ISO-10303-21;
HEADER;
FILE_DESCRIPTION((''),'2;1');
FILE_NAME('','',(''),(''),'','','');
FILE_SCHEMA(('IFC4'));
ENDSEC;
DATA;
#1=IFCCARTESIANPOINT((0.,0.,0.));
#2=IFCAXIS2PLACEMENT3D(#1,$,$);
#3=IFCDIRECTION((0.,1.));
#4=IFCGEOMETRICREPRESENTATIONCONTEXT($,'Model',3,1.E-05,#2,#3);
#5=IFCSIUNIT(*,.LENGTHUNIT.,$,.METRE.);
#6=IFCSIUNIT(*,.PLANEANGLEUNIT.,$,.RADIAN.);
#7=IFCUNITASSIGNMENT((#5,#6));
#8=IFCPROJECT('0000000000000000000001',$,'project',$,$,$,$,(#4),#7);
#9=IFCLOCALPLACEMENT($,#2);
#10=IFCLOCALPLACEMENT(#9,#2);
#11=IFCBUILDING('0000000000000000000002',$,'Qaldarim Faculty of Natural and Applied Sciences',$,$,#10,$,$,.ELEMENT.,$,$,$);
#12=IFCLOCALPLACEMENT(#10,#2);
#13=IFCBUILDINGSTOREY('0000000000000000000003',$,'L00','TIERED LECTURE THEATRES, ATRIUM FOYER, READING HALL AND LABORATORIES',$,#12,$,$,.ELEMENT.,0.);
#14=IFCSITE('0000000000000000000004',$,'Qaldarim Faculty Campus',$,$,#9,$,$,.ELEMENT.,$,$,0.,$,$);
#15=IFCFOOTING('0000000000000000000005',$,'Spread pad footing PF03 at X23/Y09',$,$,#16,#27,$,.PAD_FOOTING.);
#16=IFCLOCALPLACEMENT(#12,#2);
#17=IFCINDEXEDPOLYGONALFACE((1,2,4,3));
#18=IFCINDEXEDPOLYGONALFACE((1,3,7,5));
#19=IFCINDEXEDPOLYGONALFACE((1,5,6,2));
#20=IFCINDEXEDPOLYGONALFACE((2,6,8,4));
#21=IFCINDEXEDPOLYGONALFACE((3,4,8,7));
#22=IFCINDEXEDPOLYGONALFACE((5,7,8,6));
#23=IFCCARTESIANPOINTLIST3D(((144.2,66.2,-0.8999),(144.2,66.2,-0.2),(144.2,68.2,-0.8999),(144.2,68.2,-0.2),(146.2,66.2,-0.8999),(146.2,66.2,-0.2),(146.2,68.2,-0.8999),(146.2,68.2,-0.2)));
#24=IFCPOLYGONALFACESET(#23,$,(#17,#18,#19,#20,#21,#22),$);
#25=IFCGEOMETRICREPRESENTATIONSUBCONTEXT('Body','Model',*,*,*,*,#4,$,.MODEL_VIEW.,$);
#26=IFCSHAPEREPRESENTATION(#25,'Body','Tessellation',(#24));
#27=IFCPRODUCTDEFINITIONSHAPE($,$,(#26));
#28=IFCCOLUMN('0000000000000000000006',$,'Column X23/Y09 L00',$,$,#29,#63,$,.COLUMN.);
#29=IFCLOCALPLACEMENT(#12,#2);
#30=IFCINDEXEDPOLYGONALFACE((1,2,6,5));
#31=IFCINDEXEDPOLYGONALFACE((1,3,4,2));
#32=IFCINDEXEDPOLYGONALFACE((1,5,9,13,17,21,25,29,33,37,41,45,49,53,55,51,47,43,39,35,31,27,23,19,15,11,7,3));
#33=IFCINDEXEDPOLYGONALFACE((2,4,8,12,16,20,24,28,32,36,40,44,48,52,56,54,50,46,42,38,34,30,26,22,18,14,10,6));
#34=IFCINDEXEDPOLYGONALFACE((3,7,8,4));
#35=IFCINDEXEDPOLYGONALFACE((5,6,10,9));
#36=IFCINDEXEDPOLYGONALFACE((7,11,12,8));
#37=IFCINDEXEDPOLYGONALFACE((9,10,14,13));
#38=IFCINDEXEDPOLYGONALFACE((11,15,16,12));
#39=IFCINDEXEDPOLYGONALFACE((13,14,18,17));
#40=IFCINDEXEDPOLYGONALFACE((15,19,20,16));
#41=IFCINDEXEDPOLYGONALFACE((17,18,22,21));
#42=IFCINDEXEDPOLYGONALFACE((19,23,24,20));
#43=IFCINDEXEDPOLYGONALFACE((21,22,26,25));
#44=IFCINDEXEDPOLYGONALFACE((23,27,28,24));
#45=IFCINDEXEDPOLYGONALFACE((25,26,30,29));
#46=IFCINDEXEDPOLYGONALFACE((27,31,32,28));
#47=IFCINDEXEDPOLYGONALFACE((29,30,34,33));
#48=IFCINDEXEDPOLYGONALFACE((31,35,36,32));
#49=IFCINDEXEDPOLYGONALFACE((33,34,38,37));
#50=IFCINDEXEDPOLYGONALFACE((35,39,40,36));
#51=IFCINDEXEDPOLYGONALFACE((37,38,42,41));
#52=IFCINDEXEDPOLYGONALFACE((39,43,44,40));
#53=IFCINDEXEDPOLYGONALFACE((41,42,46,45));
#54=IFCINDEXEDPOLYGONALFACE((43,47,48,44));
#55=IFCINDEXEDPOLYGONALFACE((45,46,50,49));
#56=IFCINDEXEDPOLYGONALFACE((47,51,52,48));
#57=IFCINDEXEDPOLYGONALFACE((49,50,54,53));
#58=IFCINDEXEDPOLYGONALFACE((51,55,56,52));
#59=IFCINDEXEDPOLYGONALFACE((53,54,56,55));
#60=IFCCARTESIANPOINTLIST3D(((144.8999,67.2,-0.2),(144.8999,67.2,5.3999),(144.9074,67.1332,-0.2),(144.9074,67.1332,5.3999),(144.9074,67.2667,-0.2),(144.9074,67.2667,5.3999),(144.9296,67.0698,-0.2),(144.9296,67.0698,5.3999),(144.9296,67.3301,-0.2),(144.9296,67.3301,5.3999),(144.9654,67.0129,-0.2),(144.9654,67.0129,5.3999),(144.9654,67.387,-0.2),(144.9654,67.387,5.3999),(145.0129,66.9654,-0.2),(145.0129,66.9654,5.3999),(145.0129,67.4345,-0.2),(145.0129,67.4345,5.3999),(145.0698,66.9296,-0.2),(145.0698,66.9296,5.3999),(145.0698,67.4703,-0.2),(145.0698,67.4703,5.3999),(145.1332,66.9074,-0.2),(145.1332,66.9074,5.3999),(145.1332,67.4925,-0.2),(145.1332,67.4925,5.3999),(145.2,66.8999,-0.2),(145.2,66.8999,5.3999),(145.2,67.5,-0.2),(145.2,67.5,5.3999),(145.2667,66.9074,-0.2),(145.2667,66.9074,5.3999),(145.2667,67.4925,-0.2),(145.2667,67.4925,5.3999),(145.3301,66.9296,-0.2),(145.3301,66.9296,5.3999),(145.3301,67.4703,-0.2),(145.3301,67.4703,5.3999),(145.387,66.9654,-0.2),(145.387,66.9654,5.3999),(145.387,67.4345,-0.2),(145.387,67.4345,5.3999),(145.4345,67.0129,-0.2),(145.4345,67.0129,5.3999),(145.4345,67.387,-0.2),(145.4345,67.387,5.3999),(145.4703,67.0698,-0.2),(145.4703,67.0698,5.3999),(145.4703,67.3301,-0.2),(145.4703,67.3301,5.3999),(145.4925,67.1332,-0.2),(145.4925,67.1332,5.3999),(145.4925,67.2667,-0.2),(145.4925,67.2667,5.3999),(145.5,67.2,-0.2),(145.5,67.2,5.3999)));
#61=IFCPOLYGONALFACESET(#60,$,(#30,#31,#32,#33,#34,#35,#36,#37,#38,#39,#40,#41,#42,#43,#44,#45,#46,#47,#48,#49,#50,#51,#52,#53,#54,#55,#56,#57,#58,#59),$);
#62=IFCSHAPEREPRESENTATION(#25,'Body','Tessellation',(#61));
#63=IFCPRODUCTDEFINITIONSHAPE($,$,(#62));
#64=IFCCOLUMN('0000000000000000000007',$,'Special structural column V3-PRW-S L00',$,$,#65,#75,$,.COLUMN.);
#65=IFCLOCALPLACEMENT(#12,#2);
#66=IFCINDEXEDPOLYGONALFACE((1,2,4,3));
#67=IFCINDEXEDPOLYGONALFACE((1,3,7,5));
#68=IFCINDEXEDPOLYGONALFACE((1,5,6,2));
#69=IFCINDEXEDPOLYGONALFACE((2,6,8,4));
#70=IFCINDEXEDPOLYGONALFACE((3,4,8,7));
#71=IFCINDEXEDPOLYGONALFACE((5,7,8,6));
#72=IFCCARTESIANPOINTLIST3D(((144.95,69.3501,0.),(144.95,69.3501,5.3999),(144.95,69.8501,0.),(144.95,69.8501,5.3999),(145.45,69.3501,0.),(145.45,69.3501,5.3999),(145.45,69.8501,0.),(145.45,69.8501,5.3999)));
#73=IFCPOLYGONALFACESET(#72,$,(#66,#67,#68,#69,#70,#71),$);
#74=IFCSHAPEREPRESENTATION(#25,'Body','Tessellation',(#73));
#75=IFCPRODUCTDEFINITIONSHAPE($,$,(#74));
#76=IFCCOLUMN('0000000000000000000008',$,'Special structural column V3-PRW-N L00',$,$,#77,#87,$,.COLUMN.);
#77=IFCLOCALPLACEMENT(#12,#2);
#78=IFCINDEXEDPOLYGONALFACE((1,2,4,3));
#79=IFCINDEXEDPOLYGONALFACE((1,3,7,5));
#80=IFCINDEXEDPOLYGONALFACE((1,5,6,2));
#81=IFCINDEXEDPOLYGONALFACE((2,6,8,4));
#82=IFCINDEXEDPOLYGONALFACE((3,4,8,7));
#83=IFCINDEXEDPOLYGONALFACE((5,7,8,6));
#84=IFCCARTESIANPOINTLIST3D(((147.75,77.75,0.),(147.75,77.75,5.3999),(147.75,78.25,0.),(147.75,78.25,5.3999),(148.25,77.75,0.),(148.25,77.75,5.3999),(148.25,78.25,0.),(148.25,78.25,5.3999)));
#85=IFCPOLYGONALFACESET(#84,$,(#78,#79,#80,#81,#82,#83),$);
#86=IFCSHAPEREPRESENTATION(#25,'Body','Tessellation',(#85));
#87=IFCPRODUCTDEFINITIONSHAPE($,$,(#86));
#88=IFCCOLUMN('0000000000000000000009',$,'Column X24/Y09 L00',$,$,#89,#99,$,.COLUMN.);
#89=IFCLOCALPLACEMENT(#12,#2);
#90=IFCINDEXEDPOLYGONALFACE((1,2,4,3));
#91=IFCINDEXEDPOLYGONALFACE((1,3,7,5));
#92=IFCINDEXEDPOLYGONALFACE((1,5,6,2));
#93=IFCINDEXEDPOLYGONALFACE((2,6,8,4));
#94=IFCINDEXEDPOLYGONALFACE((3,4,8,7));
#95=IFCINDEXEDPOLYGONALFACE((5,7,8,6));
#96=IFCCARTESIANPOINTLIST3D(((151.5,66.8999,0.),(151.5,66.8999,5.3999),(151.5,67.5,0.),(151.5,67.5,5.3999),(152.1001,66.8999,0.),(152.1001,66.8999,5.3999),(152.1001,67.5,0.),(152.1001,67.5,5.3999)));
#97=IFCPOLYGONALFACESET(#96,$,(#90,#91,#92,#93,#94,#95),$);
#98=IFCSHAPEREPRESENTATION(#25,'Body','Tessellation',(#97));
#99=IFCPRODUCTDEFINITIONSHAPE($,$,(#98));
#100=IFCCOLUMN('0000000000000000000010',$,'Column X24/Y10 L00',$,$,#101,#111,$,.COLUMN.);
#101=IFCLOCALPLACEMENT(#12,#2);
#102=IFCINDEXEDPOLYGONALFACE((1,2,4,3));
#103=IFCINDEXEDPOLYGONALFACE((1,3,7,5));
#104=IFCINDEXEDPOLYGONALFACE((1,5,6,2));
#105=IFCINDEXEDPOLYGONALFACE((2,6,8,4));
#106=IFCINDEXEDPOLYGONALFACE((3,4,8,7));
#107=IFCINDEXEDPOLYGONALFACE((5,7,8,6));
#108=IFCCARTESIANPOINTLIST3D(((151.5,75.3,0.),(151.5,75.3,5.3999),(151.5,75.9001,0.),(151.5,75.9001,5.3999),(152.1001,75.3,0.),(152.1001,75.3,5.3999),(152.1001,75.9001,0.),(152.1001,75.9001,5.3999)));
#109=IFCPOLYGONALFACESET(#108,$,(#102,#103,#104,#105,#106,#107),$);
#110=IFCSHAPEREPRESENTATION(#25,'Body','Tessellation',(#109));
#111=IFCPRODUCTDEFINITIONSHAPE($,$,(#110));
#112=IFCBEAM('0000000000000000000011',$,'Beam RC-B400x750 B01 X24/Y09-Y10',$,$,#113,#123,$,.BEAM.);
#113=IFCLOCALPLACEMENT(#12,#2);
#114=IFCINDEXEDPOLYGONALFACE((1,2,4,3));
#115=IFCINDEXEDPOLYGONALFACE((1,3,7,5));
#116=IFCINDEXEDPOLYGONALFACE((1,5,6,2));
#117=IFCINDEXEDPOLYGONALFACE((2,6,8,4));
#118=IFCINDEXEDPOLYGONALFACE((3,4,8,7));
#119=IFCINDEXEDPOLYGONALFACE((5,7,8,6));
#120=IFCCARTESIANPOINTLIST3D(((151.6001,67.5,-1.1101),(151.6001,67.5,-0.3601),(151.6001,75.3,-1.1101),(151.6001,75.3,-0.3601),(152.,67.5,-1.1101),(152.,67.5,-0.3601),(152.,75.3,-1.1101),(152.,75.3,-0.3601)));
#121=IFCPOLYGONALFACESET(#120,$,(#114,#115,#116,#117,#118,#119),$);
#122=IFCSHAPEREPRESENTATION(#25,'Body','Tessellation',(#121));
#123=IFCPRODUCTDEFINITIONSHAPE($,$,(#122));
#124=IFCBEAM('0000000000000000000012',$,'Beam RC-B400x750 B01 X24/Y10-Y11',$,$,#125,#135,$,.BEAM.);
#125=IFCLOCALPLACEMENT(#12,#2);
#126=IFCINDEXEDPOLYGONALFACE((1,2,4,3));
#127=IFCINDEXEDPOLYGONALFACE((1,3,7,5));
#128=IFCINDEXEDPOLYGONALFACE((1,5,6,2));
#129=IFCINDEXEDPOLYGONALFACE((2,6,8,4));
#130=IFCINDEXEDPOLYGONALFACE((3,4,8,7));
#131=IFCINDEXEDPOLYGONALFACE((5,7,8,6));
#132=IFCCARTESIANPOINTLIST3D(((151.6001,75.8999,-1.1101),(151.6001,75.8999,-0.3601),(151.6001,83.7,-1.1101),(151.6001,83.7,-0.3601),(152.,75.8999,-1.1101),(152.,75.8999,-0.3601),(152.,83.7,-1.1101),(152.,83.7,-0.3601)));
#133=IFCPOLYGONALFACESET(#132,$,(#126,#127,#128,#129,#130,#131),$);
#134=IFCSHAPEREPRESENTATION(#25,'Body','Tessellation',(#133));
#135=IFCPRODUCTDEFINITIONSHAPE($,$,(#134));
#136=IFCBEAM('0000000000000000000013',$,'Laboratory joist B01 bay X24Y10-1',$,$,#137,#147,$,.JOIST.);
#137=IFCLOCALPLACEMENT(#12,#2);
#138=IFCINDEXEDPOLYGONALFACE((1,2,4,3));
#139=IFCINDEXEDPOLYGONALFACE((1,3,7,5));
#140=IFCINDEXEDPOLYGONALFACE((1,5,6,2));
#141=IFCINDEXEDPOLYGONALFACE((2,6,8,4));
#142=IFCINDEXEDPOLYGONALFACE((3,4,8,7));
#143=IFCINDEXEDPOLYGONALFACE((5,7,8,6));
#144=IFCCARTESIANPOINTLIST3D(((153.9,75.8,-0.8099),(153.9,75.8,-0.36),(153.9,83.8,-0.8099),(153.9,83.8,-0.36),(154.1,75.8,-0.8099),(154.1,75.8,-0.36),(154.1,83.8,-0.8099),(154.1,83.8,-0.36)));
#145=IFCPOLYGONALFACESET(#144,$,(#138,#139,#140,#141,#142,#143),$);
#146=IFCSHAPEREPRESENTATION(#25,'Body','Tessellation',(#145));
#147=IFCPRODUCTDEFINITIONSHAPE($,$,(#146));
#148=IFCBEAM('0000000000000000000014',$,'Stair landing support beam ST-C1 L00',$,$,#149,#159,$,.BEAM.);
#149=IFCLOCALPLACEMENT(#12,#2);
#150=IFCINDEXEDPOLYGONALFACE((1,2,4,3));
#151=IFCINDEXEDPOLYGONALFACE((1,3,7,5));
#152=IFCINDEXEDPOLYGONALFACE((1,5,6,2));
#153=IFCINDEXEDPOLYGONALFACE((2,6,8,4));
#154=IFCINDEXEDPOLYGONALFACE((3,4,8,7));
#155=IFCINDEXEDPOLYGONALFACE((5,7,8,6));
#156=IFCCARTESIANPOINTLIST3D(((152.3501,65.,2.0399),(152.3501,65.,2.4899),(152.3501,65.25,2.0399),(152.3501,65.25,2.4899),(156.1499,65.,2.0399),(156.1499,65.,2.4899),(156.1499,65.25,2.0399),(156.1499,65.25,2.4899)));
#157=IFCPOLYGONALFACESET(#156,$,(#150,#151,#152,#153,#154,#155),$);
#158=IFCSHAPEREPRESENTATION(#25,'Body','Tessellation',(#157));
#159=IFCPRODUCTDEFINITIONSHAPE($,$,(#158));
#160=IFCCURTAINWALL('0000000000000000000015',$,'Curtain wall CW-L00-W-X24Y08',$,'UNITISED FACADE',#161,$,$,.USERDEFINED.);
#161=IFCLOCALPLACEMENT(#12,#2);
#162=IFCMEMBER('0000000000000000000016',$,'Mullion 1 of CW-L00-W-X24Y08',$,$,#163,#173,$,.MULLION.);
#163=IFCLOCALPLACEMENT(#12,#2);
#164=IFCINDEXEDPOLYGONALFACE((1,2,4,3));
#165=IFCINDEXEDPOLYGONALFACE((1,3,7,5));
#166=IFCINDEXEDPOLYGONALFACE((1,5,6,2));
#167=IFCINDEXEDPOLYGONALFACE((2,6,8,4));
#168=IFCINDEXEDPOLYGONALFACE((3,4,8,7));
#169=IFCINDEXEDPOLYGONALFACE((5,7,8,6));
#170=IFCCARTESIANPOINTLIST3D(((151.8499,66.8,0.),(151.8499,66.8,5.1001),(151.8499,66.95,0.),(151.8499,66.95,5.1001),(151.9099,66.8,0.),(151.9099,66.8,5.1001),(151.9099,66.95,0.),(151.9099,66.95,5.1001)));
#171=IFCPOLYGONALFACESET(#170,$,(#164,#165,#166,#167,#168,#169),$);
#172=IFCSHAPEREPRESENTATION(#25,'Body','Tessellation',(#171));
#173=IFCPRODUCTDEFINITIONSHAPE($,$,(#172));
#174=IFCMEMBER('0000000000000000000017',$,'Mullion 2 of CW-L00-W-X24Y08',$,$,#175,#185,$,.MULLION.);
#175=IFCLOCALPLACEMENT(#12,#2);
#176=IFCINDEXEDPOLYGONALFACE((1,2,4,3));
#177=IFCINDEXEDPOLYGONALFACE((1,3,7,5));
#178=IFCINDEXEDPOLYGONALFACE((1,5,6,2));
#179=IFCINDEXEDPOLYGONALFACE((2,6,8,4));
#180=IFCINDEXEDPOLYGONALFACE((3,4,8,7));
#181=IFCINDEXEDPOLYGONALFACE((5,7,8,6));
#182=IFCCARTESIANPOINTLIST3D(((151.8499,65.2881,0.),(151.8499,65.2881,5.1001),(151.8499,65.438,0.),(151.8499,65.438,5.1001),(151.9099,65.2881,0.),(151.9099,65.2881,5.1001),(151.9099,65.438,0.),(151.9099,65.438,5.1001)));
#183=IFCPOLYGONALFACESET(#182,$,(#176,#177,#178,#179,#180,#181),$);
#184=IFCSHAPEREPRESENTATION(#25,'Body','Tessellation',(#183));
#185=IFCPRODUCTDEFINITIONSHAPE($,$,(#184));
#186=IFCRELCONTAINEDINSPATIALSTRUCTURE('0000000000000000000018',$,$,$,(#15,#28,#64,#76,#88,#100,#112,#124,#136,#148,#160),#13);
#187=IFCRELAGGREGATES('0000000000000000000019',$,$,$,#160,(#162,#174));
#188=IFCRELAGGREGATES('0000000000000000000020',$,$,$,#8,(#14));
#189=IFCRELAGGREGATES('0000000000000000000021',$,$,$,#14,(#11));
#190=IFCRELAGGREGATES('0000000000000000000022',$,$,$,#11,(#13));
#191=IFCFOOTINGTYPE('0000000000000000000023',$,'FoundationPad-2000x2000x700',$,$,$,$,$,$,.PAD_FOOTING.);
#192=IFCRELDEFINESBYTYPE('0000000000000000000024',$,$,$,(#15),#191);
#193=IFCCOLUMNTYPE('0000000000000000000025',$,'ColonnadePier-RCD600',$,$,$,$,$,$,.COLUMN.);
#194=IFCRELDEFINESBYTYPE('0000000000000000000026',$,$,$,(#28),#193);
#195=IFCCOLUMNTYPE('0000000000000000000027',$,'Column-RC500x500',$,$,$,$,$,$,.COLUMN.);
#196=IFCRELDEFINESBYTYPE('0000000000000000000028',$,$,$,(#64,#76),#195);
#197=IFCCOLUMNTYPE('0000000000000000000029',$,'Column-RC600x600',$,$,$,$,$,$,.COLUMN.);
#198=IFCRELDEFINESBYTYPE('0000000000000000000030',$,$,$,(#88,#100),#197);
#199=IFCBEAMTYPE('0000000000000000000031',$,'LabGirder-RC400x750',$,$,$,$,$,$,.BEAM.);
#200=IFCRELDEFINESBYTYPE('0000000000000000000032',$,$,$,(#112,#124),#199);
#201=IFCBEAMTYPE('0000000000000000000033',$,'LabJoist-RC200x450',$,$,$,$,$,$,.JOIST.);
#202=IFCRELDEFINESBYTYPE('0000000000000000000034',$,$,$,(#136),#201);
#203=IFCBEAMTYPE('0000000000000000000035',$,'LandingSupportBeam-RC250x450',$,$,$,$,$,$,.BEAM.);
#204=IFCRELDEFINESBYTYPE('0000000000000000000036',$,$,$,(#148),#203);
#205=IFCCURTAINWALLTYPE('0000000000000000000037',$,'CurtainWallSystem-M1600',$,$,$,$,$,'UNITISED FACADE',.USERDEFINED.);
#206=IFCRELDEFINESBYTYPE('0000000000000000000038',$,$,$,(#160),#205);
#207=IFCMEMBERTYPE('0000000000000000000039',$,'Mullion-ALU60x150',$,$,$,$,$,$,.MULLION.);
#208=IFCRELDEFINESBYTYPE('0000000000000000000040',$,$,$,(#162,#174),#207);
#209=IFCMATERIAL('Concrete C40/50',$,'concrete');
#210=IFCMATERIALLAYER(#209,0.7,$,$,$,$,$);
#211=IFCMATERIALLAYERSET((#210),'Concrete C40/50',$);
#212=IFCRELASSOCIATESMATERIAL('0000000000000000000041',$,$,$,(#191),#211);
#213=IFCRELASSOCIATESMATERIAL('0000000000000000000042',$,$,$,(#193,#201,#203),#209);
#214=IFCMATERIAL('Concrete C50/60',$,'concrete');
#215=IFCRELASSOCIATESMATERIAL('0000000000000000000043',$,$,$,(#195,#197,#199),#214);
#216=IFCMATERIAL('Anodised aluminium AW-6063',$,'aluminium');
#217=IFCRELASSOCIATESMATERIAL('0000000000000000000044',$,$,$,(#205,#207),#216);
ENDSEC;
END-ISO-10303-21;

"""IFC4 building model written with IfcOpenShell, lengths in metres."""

from ifc_helpers import new_model, si_unit, direction, frame, origin, origin_2d, place, context, subcontext, project, spatial, rectangle, circle, extrude, material, layer, layer_set, material_profile, profile_set, type_object, element, aggregate, save


model = new_model("IFC4")

# Units and contexts
model_context = context("Model", 3, precision=1e-05, world=origin(), true_north=direction((0.0, 1.0)))
body_context = subcontext(model_context, "Body", "Model", "MODEL_VIEW")
ifc_project = project(units=[si_unit("LENGTHUNIT", "METRE"), si_unit("PLANEANGLEUNIT", "RADIAN")], contexts=[model_context])

# Site, building, storey
site_placement = place(None, origin())
site = spatial("IfcSite", under=ifc_project, at=site_placement, Name="Qaldarim Faculty Campus", CompositionType="ELEMENT", RefElevation=0.0)
building_placement = place(site_placement, origin())
building = spatial("IfcBuilding", under=site, at=building_placement, Name="Qaldarim Faculty of Natural and Applied Sciences", CompositionType="ELEMENT")
storey_placement = place(building_placement, origin())
storey = spatial("IfcBuildingStorey", under=building, at=storey_placement, Name="L00", Description="TIERED LECTURE THEATRES, ATRIUM FOYER, READING HALL AND LABORATORIES", CompositionType="ELEMENT", Elevation=0.0)

# Footing
ifc_material_1 = material(Name="Concrete C40/50", Category="concrete")
ifc_layer_1 = layer(ifc_material_1, 0.7)
ifc_layer_set_1 = layer_set([ifc_layer_1], Name="Concrete C40/50")
footing_type = type_object("IfcFootingType", Name="FoundationPad-2000x2000x700", PredefinedType="PAD_FOOTING", material=ifc_layer_set_1)
footing_placement = place(storey_placement, frame((145.2, 67.2, -0.8999), z_axis=(0.0, 0.0, 1.0), x_axis=(1.0, 0.0, 0.0)))
element("IfcFooting", 1, at=footing_placement, inside=storey, type_object=footing_type, Name="Spread pad footing PF03 at X23/Y09", PredefinedType="PAD_FOOTING", context=body_context, shape_type="SweptSolid", body=[
    extrude(rectangle(XDim=2.0, YDim=2.0, at=origin_2d()), origin(), (0.0, 0.0, 1.0), 0.7),
])

# Columns
ifc_material_profile_1 = material_profile(ifc_material_1, circle(Radius=0.3, at=origin_2d()), Name="RC-D600")
ifc_profile_set_1 = profile_set([ifc_material_profile_1], Name="Concrete C40/50")
column_type_1 = type_object("IfcColumnType", Name="ColonnadePier-RCD600", PredefinedType="COLUMN", material=ifc_profile_set_1)
column_placement = place(storey_placement, frame((145.2, 67.2, -0.2), z_axis=(0.0, 0.0, 1.0), x_axis=(1.0, 0.0, 0.0)))
element("IfcColumn", 2, at=column_placement, inside=storey, type_object=column_type_1, Name="Column X23/Y09 L00", PredefinedType="COLUMN", context=body_context, shape_type="SweptSolid", body=[
    extrude(circle(Radius=0.3, at=origin_2d()), origin(), (0.0, 0.0, 1.0), 5.5999),
])
ifc_material_2 = material(Name="Concrete C50/60", Category="concrete")
ifc_material_profile_2 = material_profile(ifc_material_2, rectangle(XDim=0.5, YDim=0.5, at=origin_2d()), Name="RC-C500x500")
ifc_profile_set_2 = profile_set([ifc_material_profile_2], Name="Concrete C50/60")
column_type_2 = type_object("IfcColumnType", Name="Column-RC500x500", PredefinedType="COLUMN", material=ifc_profile_set_2)
for number, where, z_axis, x_axis, name in (
    (3, (145.2, 69.6001, 0.0), (0.0, 0.0, 1.0), (1.0, 0.0, 0.0), "Special structural column V3-PRW-S L00"),
    (4, (148.0, 78.0, 0.0), (0.0, 0.0, 1.0), (1.0, 0.0, 0.0), "Special structural column V3-PRW-N L00"),
):
    element("IfcColumn", number, at=place(storey_placement, frame(where, z_axis=z_axis, x_axis=x_axis)), inside=storey, type_object=column_type_2, Name=name, PredefinedType="COLUMN", context=body_context, shape_type="SweptSolid", body=[
        extrude(rectangle(XDim=0.5, YDim=0.5, at=origin_2d()), origin(), (0.0, 0.0, 1.0), 5.3999),
    ])
ifc_material_profile_3 = material_profile(ifc_material_2, rectangle(XDim=0.6001, YDim=0.6001, at=origin_2d()), Name="RC-C600x600")
ifc_profile_set_3 = profile_set([ifc_material_profile_3], Name="Concrete C50/60")
column_type_3 = type_object("IfcColumnType", Name="Column-RC600x600", PredefinedType="COLUMN", material=ifc_profile_set_3)
for number, where, z_axis, x_axis, name in (
    (5, (151.8, 67.2, 0.0), (0.0, 0.0, 1.0), (1.0, 0.0, 0.0), "Column X24/Y09 L00"),
    (6, (151.8, 75.6001, 0.0), (0.0, 0.0, 1.0), (1.0, 0.0, 0.0), "Column X24/Y10 L00"),
):
    element("IfcColumn", number, at=place(storey_placement, frame(where, z_axis=z_axis, x_axis=x_axis)), inside=storey, type_object=column_type_3, Name=name, PredefinedType="COLUMN", context=body_context, shape_type="SweptSolid", body=[
        extrude(rectangle(XDim=0.6001, YDim=0.6001, at=origin_2d()), origin(), (0.0, 0.0, 1.0), 5.3999),
    ])

# Beams
ifc_material_profile_4 = material_profile(ifc_material_2, rectangle(XDim=0.3999, YDim=0.75, at=origin_2d()), Name="RC-B400x750")
ifc_profile_set_4 = profile_set([ifc_material_profile_4], Name="Concrete C50/60")
beam_type_1 = type_object("IfcBeamType", Name="LabGirder-RC400x750", PredefinedType="BEAM", material=ifc_profile_set_4)
for number, where, z_axis, x_axis, name in (
    (7, (151.8, 67.5, -0.7351), (0.0, 1.0, 0.0), (-1.0, 0.0, 0.0), "Beam RC-B400x750 B01 X24/Y09-Y10"),
    (8, (151.8, 75.8999, -0.7351), (0.0, 1.0, 0.0), (-1.0, 0.0, 0.0), "Beam RC-B400x750 B01 X24/Y10-Y11"),
):
    element("IfcBeam", number, at=place(storey_placement, frame(where, z_axis=z_axis, x_axis=x_axis)), inside=storey, type_object=beam_type_1, Name=name, PredefinedType="BEAM", context=body_context, shape_type="SweptSolid", body=[
        extrude(rectangle(XDim=0.3999, YDim=0.75, at=origin_2d()), origin(), (0.0, 0.0, 1.0), 7.8),
    ])
ifc_material_profile_5 = material_profile(ifc_material_1, rectangle(XDim=0.2, YDim=0.45, at=origin_2d()), Name="RC-J200x450")
ifc_profile_set_5 = profile_set([ifc_material_profile_5], Name="Concrete C40/50")
beam_type_2 = type_object("IfcBeamType", Name="LabJoist-RC200x450", PredefinedType="JOIST", material=ifc_profile_set_5)
beam_1_placement = place(storey_placement, frame((154.0, 75.8, -0.585), z_axis=(0.0, 1.0, 0.0), x_axis=(-1.0, 0.0, 0.0)))
element("IfcBeam", 9, at=beam_1_placement, inside=storey, type_object=beam_type_2, Name="Laboratory joist B01 bay X24Y10-1", PredefinedType="JOIST", context=body_context, shape_type="SweptSolid", body=[
    extrude(rectangle(XDim=0.2, YDim=0.45, at=origin_2d()), origin(), (0.0, 0.0, 1.0), 8.0),
])
ifc_material_profile_6 = material_profile(ifc_material_1, rectangle(XDim=0.25, YDim=0.45, at=origin_2d()), Name="RC-LN250x450")
ifc_profile_set_6 = profile_set([ifc_material_profile_6], Name="Concrete C40/50")
beam_type_3 = type_object("IfcBeamType", Name="LandingSupportBeam-RC250x450", PredefinedType="BEAM", material=ifc_profile_set_6)
beam_2_placement = place(storey_placement, frame((152.3501, 65.125, 2.2649), z_axis=(1.0, 0.0, 0.0), x_axis=(0.0, 1.0, 0.0)))
element("IfcBeam", 10, at=beam_2_placement, inside=storey, type_object=beam_type_3, Name="Stair landing support beam ST-C1 L00", PredefinedType="BEAM", context=body_context, shape_type="SweptSolid", body=[
    extrude(rectangle(XDim=0.25, YDim=0.45, at=origin_2d()), origin(), (0.0, 0.0, 1.0), 3.7998),
])

# Curtain wall, members
ifc_material_3 = material(Name="Anodised aluminium AW-6063", Category="aluminium")
curtain_wall_type = type_object("IfcCurtainWallType", Name="CurtainWallSystem-M1600", ElementType="UNITISED FACADE", PredefinedType="USERDEFINED", material=ifc_material_3)
curtain_wall_placement = place(storey_placement, origin())
curtain_wall = element("IfcCurtainWall", 11, at=curtain_wall_placement, inside=storey, type_object=curtain_wall_type, Name="Curtain wall CW-L00-W-X24Y08", ObjectType="UNITISED FACADE", PredefinedType="USERDEFINED")
ifc_material_profile_7 = material_profile(ifc_material_3, rectangle(XDim=0.0601, YDim=0.1499, at=origin_2d()), Name="ALU-M60x150")
ifc_profile_set_7 = profile_set([ifc_material_profile_7], Name="Anodised aluminium AW-6063")
member_type_1 = type_object("IfcMemberType", Name="Mullion-ALU60x150", PredefinedType="MULLION", material=ifc_profile_set_7)
member_1_placement = place(storey_placement, frame((151.8799, 66.875, 0.0), z_axis=(0.0, 0.0, 1.0), x_axis=(1.0, 0.0, 0.0)))
member_1 = element("IfcMember", 12, at=member_1_placement, type_object=member_type_1, Name="Mullion 1 of CW-L00-W-X24Y08", PredefinedType="MULLION", context=body_context, shape_type="SweptSolid", body=[
    extrude(rectangle(XDim=0.0601, YDim=0.1499, at=origin_2d()), origin(), (0.0, 0.0, 1.0), 5.1001),
])
member_2_placement = place(storey_placement, frame((151.8799, 65.363, 0.0), z_axis=(0.0, 0.0, 1.0), x_axis=(1.0, 0.0, 0.0)))
member_2 = element("IfcMember", 13, at=member_2_placement, type_object=member_type_1, Name="Mullion 2 of CW-L00-W-X24Y08", PredefinedType="MULLION", context=body_context, shape_type="SweptSolid", body=[
    extrude(rectangle(XDim=0.0601, YDim=0.1499, at=origin_2d()), origin(), (0.0, 0.0, 1.0), 5.1001),
])

aggregate(curtain_wall, [member_1, member_2])

save(model, "model.ifc")
